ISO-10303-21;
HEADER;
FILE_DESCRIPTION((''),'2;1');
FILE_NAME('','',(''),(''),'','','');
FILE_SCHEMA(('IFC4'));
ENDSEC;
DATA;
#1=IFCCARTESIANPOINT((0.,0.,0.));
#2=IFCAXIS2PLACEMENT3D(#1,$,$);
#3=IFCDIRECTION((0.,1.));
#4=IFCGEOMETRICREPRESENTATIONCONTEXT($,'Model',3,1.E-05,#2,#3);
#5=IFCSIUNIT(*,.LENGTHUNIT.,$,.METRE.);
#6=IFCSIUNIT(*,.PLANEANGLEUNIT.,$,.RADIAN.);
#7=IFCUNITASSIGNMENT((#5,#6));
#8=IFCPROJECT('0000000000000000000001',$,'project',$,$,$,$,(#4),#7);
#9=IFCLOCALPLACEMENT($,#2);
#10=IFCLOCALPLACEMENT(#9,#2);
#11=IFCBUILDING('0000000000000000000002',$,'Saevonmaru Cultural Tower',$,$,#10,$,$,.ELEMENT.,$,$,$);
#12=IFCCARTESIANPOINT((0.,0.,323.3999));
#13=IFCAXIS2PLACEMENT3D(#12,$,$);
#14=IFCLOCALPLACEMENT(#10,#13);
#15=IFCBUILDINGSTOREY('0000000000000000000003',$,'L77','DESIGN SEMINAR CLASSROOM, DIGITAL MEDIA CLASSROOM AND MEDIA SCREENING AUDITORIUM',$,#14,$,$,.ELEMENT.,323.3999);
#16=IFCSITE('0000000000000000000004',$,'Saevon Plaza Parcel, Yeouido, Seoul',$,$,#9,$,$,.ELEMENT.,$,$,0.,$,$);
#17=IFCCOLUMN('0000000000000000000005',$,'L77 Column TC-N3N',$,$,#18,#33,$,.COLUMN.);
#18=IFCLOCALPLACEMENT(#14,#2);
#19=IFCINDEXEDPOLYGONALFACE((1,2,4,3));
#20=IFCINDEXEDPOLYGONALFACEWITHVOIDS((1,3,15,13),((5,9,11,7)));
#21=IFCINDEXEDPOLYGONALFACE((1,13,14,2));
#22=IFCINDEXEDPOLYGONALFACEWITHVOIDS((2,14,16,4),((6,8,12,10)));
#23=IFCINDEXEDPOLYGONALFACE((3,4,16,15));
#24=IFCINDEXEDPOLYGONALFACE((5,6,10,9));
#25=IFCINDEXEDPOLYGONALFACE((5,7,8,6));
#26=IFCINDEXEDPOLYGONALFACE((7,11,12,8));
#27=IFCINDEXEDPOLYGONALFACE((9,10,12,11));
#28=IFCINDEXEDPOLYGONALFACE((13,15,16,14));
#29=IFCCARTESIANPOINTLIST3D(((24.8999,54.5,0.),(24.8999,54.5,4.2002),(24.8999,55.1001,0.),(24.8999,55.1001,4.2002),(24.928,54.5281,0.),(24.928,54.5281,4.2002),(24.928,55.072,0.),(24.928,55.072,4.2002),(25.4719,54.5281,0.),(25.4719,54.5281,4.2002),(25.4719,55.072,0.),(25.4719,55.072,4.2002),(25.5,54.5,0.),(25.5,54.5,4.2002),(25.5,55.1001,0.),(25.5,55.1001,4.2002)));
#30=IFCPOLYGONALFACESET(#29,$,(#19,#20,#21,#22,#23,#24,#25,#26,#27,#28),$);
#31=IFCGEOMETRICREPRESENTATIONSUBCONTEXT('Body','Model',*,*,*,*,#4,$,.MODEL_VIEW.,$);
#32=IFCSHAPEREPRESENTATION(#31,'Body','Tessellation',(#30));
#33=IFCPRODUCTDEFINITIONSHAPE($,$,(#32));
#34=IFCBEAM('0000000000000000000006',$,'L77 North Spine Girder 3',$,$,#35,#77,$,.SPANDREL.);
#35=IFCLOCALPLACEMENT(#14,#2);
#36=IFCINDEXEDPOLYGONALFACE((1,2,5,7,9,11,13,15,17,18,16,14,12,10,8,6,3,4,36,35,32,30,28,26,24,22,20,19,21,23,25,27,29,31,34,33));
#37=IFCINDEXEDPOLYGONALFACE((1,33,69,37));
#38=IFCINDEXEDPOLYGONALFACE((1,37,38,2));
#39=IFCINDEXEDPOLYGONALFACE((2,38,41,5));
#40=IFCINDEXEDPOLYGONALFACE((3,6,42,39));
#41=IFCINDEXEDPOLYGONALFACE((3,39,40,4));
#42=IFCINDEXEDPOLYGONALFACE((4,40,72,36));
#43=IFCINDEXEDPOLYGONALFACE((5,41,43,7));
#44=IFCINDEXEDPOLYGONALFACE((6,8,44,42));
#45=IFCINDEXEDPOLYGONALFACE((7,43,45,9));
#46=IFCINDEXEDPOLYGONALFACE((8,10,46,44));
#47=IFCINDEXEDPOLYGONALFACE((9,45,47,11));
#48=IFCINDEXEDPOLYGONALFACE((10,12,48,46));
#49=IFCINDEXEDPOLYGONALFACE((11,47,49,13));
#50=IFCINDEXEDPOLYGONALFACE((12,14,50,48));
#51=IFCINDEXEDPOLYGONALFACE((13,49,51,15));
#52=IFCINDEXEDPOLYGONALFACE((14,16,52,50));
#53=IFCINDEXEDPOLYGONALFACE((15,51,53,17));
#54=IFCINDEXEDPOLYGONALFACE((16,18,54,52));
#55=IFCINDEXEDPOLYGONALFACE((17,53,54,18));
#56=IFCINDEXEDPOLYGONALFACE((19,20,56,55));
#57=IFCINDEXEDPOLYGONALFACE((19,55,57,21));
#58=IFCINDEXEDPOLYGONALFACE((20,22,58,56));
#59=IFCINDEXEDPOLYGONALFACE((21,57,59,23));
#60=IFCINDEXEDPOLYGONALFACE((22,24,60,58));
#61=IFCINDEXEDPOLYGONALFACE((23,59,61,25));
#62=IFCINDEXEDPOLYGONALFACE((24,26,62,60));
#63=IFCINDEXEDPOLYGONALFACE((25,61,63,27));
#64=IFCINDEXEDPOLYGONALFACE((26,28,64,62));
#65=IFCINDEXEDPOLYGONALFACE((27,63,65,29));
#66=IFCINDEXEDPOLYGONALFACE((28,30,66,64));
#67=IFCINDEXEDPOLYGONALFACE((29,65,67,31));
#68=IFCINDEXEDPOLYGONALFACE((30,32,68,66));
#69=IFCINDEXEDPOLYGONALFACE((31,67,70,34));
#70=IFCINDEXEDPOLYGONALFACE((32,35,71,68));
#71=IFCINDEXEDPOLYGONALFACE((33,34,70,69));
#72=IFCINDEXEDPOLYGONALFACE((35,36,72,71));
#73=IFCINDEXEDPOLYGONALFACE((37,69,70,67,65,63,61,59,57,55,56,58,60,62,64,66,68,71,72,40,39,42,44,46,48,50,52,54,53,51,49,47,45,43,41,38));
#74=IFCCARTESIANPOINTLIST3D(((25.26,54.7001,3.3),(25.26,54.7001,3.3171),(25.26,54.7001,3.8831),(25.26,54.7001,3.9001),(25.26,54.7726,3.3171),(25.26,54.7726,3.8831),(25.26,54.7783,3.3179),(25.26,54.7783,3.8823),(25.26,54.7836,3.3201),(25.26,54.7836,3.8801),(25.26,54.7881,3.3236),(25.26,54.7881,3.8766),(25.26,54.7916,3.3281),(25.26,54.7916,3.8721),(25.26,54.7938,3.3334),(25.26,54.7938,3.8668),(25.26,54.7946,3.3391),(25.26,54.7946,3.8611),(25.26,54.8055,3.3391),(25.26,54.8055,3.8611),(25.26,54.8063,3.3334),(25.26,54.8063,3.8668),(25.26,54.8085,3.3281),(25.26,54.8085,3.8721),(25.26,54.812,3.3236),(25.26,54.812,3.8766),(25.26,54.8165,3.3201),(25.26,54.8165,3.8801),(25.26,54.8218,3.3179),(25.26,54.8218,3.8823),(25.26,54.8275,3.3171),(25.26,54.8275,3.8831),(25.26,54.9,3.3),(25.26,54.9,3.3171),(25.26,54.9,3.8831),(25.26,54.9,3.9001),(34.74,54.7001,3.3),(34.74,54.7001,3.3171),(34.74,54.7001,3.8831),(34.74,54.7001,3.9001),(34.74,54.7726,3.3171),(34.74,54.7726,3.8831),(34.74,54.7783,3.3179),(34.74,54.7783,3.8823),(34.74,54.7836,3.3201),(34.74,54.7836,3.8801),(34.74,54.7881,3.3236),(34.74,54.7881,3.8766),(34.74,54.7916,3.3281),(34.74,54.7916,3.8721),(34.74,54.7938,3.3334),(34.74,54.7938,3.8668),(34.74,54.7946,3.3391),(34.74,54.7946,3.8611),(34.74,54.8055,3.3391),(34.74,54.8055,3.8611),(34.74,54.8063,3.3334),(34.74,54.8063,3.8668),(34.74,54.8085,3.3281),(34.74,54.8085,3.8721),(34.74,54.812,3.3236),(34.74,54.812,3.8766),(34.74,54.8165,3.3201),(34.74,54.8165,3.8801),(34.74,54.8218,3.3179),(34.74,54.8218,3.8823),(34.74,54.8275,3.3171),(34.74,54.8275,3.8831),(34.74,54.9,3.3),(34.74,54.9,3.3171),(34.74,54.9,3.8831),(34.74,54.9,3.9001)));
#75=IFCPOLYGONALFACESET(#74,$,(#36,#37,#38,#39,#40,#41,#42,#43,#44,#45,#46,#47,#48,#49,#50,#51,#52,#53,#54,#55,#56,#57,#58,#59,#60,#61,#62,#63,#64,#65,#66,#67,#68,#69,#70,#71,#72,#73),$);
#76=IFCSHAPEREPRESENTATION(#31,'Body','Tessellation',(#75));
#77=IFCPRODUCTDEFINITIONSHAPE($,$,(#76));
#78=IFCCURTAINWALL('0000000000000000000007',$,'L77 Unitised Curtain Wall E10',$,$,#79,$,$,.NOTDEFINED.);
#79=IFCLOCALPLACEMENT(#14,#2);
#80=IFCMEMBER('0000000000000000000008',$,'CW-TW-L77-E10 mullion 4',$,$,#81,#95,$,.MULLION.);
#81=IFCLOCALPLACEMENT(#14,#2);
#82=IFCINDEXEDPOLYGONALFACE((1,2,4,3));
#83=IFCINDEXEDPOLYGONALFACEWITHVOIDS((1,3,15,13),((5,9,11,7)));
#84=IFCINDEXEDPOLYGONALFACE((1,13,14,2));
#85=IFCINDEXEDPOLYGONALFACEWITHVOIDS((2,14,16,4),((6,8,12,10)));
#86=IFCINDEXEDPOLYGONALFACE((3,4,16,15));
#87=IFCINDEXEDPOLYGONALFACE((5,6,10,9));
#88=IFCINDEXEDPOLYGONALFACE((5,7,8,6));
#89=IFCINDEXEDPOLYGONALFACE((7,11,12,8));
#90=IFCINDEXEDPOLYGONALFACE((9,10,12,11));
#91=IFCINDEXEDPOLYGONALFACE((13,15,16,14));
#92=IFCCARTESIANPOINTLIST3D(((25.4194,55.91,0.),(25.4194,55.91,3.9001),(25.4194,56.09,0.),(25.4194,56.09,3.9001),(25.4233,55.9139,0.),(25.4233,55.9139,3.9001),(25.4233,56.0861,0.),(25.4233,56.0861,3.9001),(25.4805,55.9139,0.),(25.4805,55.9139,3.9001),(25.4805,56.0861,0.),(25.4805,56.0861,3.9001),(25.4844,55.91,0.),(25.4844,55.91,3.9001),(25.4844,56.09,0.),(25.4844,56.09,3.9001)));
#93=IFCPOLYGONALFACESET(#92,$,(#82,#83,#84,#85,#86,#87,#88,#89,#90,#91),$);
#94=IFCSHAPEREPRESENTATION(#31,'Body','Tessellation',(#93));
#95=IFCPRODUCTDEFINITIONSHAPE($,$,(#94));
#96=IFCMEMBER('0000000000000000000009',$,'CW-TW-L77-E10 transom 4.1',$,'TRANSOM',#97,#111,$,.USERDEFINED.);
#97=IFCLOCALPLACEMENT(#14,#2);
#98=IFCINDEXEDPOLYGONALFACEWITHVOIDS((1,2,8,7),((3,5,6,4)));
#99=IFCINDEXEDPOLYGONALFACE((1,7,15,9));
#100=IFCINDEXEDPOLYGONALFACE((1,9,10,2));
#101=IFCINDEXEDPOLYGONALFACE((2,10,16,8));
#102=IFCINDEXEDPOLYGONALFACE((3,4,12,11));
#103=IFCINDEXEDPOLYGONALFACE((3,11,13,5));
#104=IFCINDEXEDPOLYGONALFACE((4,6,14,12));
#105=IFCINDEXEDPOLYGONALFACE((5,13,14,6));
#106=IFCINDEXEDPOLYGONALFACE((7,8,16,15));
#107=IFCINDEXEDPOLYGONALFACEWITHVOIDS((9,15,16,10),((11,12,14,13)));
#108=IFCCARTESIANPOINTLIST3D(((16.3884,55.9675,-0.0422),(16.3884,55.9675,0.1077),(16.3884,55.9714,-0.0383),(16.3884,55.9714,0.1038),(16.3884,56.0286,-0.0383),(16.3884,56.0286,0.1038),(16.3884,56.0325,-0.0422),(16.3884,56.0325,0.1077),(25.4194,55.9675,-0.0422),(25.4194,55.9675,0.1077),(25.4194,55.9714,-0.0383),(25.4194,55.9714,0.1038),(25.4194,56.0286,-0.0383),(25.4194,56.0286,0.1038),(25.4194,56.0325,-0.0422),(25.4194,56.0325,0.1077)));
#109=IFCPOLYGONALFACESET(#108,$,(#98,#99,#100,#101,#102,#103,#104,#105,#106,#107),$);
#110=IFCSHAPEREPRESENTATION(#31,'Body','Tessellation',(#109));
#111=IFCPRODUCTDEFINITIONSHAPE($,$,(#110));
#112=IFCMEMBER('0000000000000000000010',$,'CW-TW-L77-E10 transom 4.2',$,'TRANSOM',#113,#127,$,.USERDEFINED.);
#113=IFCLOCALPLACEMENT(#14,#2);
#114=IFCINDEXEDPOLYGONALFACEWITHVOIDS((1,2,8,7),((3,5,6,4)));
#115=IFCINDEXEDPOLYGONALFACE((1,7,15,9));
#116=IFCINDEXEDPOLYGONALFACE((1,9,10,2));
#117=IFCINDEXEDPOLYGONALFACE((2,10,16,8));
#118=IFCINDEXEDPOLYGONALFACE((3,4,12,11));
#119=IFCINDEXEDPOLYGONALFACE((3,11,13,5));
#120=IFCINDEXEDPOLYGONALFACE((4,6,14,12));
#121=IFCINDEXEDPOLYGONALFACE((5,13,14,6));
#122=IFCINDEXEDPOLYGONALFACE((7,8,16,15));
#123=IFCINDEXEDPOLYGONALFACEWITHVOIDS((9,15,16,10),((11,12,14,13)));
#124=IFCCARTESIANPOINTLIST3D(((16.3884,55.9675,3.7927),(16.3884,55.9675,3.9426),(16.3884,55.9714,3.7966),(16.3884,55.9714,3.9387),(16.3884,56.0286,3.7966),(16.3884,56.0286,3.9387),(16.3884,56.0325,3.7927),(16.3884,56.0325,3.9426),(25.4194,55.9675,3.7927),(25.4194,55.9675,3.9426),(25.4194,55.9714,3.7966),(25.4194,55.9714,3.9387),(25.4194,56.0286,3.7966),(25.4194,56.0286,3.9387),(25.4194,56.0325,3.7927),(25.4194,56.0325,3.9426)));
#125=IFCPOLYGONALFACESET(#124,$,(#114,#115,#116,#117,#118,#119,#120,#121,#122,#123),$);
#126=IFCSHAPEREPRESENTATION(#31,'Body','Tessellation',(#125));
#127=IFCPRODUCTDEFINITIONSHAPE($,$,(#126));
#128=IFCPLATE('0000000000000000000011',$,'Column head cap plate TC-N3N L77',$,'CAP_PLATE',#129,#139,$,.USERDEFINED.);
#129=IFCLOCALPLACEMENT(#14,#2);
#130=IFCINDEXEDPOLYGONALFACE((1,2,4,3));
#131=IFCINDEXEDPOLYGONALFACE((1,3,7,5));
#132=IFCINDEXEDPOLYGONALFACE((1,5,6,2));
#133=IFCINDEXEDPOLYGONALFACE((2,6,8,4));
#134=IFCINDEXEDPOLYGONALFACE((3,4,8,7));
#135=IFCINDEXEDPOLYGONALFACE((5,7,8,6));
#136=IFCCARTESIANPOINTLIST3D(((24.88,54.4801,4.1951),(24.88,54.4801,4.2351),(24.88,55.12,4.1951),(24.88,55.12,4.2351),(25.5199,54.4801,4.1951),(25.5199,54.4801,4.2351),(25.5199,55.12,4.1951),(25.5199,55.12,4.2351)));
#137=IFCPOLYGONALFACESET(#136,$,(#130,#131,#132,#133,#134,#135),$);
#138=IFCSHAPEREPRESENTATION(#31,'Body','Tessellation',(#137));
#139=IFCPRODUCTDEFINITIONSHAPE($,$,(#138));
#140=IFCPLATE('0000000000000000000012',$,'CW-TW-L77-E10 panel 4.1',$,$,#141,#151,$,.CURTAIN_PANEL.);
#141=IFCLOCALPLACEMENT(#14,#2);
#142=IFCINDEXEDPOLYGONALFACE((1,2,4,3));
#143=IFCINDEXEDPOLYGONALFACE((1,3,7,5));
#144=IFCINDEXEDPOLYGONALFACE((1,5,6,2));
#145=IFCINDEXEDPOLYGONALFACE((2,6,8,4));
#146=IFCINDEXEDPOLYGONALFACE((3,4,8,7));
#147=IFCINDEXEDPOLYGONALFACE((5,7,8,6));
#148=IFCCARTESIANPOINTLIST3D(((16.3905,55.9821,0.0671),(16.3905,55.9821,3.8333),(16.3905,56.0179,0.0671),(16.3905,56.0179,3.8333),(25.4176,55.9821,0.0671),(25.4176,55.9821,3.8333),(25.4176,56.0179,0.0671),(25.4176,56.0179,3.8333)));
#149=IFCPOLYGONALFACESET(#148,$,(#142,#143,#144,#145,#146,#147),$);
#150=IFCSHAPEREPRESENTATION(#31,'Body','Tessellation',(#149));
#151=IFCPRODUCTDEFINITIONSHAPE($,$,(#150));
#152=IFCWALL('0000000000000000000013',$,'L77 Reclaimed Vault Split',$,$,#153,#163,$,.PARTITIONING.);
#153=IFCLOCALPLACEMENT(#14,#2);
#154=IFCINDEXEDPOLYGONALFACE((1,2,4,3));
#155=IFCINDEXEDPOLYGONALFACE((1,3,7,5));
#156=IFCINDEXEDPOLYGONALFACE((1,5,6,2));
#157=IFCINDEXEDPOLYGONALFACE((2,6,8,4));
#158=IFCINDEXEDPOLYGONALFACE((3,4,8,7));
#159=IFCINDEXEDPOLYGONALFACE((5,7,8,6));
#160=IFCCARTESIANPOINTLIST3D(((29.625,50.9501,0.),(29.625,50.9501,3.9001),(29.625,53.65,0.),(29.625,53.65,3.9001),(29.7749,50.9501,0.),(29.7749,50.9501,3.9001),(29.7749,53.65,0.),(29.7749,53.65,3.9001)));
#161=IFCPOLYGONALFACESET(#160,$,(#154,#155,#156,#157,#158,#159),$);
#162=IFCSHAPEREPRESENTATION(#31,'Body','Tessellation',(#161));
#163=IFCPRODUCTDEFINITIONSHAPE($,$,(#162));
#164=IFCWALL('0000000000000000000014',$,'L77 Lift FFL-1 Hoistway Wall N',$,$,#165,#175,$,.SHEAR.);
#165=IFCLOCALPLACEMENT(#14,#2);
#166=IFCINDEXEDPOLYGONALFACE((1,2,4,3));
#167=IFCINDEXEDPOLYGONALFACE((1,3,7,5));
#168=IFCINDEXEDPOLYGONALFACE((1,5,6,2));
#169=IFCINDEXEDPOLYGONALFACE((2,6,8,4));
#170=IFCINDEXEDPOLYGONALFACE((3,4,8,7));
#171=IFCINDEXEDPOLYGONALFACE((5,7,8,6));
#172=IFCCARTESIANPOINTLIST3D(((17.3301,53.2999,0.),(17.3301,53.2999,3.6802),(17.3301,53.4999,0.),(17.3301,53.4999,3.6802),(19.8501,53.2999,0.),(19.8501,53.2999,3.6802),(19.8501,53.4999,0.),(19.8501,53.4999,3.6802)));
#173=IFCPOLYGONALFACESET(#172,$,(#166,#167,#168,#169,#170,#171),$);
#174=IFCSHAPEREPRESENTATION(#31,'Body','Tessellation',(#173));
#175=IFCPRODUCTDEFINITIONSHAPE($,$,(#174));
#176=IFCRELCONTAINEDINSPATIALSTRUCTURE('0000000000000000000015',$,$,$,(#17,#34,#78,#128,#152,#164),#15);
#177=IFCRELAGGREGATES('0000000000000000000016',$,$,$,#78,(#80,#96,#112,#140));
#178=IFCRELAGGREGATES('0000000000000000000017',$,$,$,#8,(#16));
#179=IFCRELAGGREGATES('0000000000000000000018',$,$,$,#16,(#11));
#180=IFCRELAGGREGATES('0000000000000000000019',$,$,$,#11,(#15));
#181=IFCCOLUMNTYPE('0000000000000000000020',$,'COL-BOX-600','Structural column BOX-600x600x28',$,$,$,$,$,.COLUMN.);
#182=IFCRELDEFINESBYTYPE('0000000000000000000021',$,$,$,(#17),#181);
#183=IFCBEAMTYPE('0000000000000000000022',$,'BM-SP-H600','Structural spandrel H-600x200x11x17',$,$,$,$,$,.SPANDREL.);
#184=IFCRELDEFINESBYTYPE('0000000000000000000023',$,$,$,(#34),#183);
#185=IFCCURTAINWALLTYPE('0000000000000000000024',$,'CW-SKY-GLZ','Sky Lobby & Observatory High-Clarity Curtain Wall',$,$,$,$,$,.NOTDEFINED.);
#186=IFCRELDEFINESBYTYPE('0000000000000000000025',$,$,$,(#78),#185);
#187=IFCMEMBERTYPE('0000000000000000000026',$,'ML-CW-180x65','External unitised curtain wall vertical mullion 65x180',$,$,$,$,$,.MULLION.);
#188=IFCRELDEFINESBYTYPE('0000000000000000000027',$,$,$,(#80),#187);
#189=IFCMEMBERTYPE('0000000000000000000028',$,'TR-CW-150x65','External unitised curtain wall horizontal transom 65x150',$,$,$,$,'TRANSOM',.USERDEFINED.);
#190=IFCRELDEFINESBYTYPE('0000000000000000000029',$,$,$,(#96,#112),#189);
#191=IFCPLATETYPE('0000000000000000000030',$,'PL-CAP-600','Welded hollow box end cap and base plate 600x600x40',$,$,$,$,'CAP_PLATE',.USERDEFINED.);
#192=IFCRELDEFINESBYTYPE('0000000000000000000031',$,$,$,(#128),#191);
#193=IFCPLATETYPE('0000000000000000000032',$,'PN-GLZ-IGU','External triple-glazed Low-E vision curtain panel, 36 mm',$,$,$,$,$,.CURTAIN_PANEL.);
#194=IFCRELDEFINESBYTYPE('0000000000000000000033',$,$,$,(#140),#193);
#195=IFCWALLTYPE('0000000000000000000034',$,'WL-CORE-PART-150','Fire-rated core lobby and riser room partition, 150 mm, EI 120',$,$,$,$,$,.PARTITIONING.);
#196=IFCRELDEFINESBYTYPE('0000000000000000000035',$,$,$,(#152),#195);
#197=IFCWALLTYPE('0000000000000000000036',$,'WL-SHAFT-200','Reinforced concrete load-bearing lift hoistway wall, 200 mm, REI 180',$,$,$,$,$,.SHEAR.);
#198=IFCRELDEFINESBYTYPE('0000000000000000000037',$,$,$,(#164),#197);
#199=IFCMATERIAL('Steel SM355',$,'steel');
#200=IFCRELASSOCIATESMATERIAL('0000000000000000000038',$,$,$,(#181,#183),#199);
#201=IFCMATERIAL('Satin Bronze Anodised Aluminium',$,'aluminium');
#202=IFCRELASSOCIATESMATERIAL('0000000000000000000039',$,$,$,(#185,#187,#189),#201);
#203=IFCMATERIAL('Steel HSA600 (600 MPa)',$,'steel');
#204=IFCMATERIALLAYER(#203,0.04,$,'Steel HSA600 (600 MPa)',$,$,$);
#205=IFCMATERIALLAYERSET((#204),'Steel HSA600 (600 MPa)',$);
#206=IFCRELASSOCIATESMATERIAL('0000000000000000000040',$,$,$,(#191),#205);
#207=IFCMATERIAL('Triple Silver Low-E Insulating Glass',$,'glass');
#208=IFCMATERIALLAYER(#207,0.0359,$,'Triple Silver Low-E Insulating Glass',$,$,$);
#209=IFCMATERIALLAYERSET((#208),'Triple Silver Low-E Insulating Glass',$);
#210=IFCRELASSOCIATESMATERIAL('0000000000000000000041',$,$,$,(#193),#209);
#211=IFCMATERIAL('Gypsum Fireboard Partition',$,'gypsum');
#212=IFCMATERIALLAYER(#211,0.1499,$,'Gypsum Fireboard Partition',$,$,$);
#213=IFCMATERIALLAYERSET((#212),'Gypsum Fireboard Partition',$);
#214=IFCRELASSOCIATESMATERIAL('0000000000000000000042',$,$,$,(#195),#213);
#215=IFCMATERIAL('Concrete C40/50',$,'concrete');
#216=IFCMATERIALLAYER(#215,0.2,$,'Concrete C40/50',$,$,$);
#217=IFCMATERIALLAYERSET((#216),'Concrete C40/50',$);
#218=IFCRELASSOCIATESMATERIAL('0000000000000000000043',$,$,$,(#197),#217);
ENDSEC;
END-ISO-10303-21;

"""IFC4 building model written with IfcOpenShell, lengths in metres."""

from ifc_helpers import new_model, si_unit, direction, frame, frame_2d, origin, origin_2d, place, context, subcontext, project, spatial, rectangle, hollow_rectangle, i_section, extrude, material, layer, layer_set, material_profile, profile_set, type_object, element, aggregate, save


model = new_model("IFC4")

# Units and contexts
model_context = context("Model", 3, precision=1e-05, world=origin(), true_north=direction((0.0, 1.0)))
body_context = subcontext(model_context, "Body", "Model", "MODEL_VIEW")
ifc_project = project(units=[si_unit("LENGTHUNIT", "METRE"), si_unit("PLANEANGLEUNIT", "RADIAN")], contexts=[model_context])

# Site, building, storey
site_placement = place(None, origin())
site = spatial("IfcSite", under=ifc_project, at=site_placement, Name="Saevon Plaza Parcel, Yeouido, Seoul", CompositionType="ELEMENT", RefElevation=0.0)
building_placement = place(site_placement, origin())
building = spatial("IfcBuilding", under=site, at=building_placement, Name="Saevonmaru Cultural Tower", CompositionType="ELEMENT")
storey_placement = place(building_placement, frame((0.0, 0.0, 323.3999)))
storey = spatial("IfcBuildingStorey", under=building, at=storey_placement, Name="L77", Description="DESIGN SEMINAR CLASSROOM, DIGITAL MEDIA CLASSROOM AND MEDIA SCREENING AUDITORIUM", CompositionType="ELEMENT", Elevation=323.3999)

# Column
ifc_material_1 = material(Name="Steel SM355", Category="steel")
ifc_material_profile_1 = material_profile(ifc_material_1, hollow_rectangle(XDim=0.6001, YDim=0.6001, WallThickness=0.0281, at=origin_2d()), Name="BOX-600x600x28")
ifc_profile_set_1 = profile_set([ifc_material_profile_1], Name="Steel SM355")
column_type = type_object("IfcColumnType", Name="COL-BOX-600", Description="Structural column BOX-600x600x28", PredefinedType="COLUMN", material=ifc_profile_set_1)
column_placement = place(storey_placement, frame((25.2, 54.8, 0.0), z_axis=(0.0, 0.0, 1.0), x_axis=(1.0, 0.0, 0.0)))
element("IfcColumn", 1, at=column_placement, inside=storey, type_object=column_type, Name="L77 Column TC-N3N", PredefinedType="COLUMN", context=body_context, shape_type="SweptSolid", body=[
    extrude(hollow_rectangle(XDim=0.6001, YDim=0.6001, WallThickness=0.0281, at=origin_2d()), origin(), (0.0, 0.0, 1.0), 4.2002),
])

# Beam
ifc_material_profile_2 = material_profile(ifc_material_1, i_section(OverallWidth=0.2, OverallDepth=0.6001, WebThickness=0.011, FlangeThickness=0.0171, FilletRadius=0.022, at=origin_2d()), Name="H-600x200x11x17")
ifc_profile_set_2 = profile_set([ifc_material_profile_2], Name="Steel SM355")
beam_type = type_object("IfcBeamType", Name="BM-SP-H600", Description="Structural spandrel H-600x200x11x17", PredefinedType="SPANDREL", material=ifc_profile_set_2)
beam_placement = place(storey_placement, frame((25.26, 54.8, 3.6001), z_axis=(1.0, 0.0, 0.0), x_axis=(0.0, 1.0, 0.0)))
element("IfcBeam", 2, at=beam_placement, inside=storey, type_object=beam_type, Name="L77 North Spine Girder 3", PredefinedType="SPANDREL", context=body_context, shape_type="SweptSolid", body=[
    extrude(i_section(OverallWidth=0.2, OverallDepth=0.6001, WebThickness=0.011, FlangeThickness=0.0171, FilletRadius=0.022, at=origin_2d()), origin(), (0.0, 0.0, 1.0), 9.48),
])

# Curtain wall, members
ifc_material_2 = material(Name="Satin Bronze Anodised Aluminium", Category="aluminium")
curtain_wall_type = type_object("IfcCurtainWallType", Name="CW-SKY-GLZ", Description="Sky Lobby & Observatory High-Clarity Curtain Wall", PredefinedType="NOTDEFINED", material=ifc_material_2)
curtain_wall_placement = place(storey_placement, origin())
curtain_wall = element("IfcCurtainWall", 3, at=curtain_wall_placement, inside=storey, type_object=curtain_wall_type, Name="L77 Unitised Curtain Wall E10", PredefinedType="NOTDEFINED")
ifc_material_profile_3 = material_profile(ifc_material_2, hollow_rectangle(XDim=0.0649, YDim=0.1799, WallThickness=0.0039, at=origin_2d()), Name="ALU-MULL-180x65x4")
ifc_profile_set_3 = profile_set([ifc_material_profile_3], Name="Satin Bronze Anodised Aluminium")
member_type_1 = type_object("IfcMemberType", Name="ML-CW-180x65", Description="External unitised curtain wall vertical mullion 65x180", PredefinedType="MULLION", material=ifc_profile_set_3)
member_1_placement = place(storey_placement, frame((25.4519, 56.0, 0.0), z_axis=(0.0, 0.0, 1.0), x_axis=(-1.0, 0.0, 0.0)))
member_1 = element("IfcMember", 4, at=member_1_placement, type_object=member_type_1, Name="CW-TW-L77-E10 mullion 4", PredefinedType="MULLION", context=body_context, shape_type="SweptSolid", body=[
    extrude(hollow_rectangle(XDim=0.0649, YDim=0.1799, WallThickness=0.0039, at=origin_2d()), origin(), (0.0, 0.0, 1.0), 3.9001),
])
ifc_material_profile_4 = material_profile(ifc_material_2, hollow_rectangle(XDim=0.0649, YDim=0.1499, WallThickness=0.0039, at=origin_2d()), Name="ALU-TRAN-150x65x4")
ifc_profile_set_4 = profile_set([ifc_material_profile_4], Name="Satin Bronze Anodised Aluminium")
member_type_2 = type_object("IfcMemberType", Name="TR-CW-150x65", Description="External unitised curtain wall horizontal transom 65x150", ElementType="TRANSOM", PredefinedType="USERDEFINED", material=ifc_profile_set_4)
member_2_placement = place(storey_placement, frame((25.4194, 56.0, 0.0327), z_axis=(-1.0, 0.0, 0.0), x_axis=(0.0, -1.0, 0.0)))
member_2 = element("IfcMember", 5, at=member_2_placement, type_object=member_type_2, Name="CW-TW-L77-E10 transom 4.1", ObjectType="TRANSOM", PredefinedType="USERDEFINED", context=body_context, shape_type="SweptSolid", body=[
    extrude(hollow_rectangle(XDim=0.0649, YDim=0.1499, WallThickness=0.0039, at=origin_2d()), origin(), (0.0, 0.0, 1.0), 9.031),
])
member_3_placement = place(storey_placement, frame((25.4194, 56.0, 3.8677), z_axis=(-1.0, 0.0, 0.0), x_axis=(0.0, -1.0, 0.0)))
member_3 = element("IfcMember", 6, at=member_3_placement, type_object=member_type_2, Name="CW-TW-L77-E10 transom 4.2", ObjectType="TRANSOM", PredefinedType="USERDEFINED", context=body_context, shape_type="SweptSolid", body=[
    extrude(hollow_rectangle(XDim=0.0649, YDim=0.1499, WallThickness=0.0039, at=origin_2d()), origin(), (0.0, 0.0, 1.0), 9.031),
])

# Plates
ifc_material_3 = material(Name="Steel HSA600 (600 MPa)", Category="steel")
ifc_layer_1 = layer(ifc_material_3, 0.04, Name="Steel HSA600 (600 MPa)")
ifc_layer_set_1 = layer_set([ifc_layer_1], Name="Steel HSA600 (600 MPa)")
plate_type_1 = type_object("IfcPlateType", Name="PL-CAP-600", Description="Welded hollow box end cap and base plate 600x600x40", ElementType="CAP_PLATE", PredefinedType="USERDEFINED", material=ifc_layer_set_1)
plate_1_placement = place(storey_placement, frame((25.2, 54.8, 4.1951), z_axis=(0.0, 0.0, 1.0), x_axis=(1.0, 0.0, 0.0)))
element("IfcPlate", 7, at=plate_1_placement, inside=storey, type_object=plate_type_1, Name="Column head cap plate TC-N3N L77", ObjectType="CAP_PLATE", PredefinedType="USERDEFINED", context=body_context, shape_type="SweptSolid", body=[
    extrude(rectangle(XDim=0.6399, YDim=0.6399, at=origin_2d()), origin(), (0.0, 0.0, 1.0), 0.04),
])
ifc_material_4 = material(Name="Triple Silver Low-E Insulating Glass", Category="glass")
ifc_layer_2 = layer(ifc_material_4, 0.0359, Name="Triple Silver Low-E Insulating Glass")
ifc_layer_set_2 = layer_set([ifc_layer_2], Name="Triple Silver Low-E Insulating Glass")
plate_type_2 = type_object("IfcPlateType", Name="PN-GLZ-IGU", Description="External triple-glazed Low-E vision curtain panel, 36 mm", PredefinedType="CURTAIN_PANEL", material=ifc_layer_set_2)
plate_2_placement = place(storey_placement, frame((20.9041, 56.0, 0.0671), z_axis=(0.0, 0.0, 1.0), x_axis=(-1.0, 0.0, 0.0)))
plate_2 = element("IfcPlate", 8, at=plate_2_placement, type_object=plate_type_2, Name="CW-TW-L77-E10 panel 4.1", PredefinedType="CURTAIN_PANEL", context=body_context, shape_type="SweptSolid", body=[
    extrude(rectangle(XDim=9.0271, YDim=0.0359, at=origin_2d()), origin(), (0.0, 0.0, 1.0), 3.7661),
])
aggregate(curtain_wall, [member_1, member_2, member_3, plate_2])

# Shared definitions
ifc_material_5 = material(Name="Gypsum Fireboard Partition", Category="gypsum")
ifc_layer_3 = layer(ifc_material_5, 0.1499, Name="Gypsum Fireboard Partition")
ifc_layer_set_3 = layer_set([ifc_layer_3], Name="Gypsum Fireboard Partition")
wall_type_1 = type_object("IfcWallType", Name="WL-CORE-PART-150", Description="Fire-rated core lobby and riser room partition, 150 mm, EI 120", PredefinedType="PARTITIONING", material=ifc_layer_set_3)

# Walls
wall_1_placement = place(storey_placement, frame((29.7, 50.95, 0.0), z_axis=(0.0, 0.0, 1.0), x_axis=(0.0, 1.0, 0.0)))
element("IfcWall", 9, at=wall_1_placement, inside=storey, type_object=wall_type_1, Name="L77 Reclaimed Vault Split", PredefinedType="PARTITIONING", context=body_context, shape_type="SweptSolid", body=[
    extrude(rectangle(XDim=2.7, YDim=0.1499, at=frame_2d((1.3501, 0.0))), origin(), (0.0, 0.0, 1.0), 3.9001),
])
ifc_material_6 = material(Name="Concrete C40/50", Category="concrete")
ifc_layer_4 = layer(ifc_material_6, 0.2, Name="Concrete C40/50")
ifc_layer_set_4 = layer_set([ifc_layer_4], Name="Concrete C40/50")
wall_type_2 = type_object("IfcWallType", Name="WL-SHAFT-200", Description="Reinforced concrete load-bearing lift hoistway wall, 200 mm, REI 180", PredefinedType="SHEAR", material=ifc_layer_set_4)
wall_2_placement = place(storey_placement, frame((17.3301, 53.3999, 0.0), z_axis=(0.0, 0.0, 1.0), x_axis=(1.0, 0.0, 0.0)))
element("IfcWall", 10, at=wall_2_placement, inside=storey, type_object=wall_type_2, Name="L77 Lift FFL-1 Hoistway Wall N", PredefinedType="SHEAR", context=body_context, shape_type="SweptSolid", body=[
    extrude(rectangle(XDim=2.52, YDim=0.2, at=frame_2d((1.26, 0.0))), origin(), (0.0, 0.0, 1.0), 3.6802),
])

save(model, "model.ifc")
